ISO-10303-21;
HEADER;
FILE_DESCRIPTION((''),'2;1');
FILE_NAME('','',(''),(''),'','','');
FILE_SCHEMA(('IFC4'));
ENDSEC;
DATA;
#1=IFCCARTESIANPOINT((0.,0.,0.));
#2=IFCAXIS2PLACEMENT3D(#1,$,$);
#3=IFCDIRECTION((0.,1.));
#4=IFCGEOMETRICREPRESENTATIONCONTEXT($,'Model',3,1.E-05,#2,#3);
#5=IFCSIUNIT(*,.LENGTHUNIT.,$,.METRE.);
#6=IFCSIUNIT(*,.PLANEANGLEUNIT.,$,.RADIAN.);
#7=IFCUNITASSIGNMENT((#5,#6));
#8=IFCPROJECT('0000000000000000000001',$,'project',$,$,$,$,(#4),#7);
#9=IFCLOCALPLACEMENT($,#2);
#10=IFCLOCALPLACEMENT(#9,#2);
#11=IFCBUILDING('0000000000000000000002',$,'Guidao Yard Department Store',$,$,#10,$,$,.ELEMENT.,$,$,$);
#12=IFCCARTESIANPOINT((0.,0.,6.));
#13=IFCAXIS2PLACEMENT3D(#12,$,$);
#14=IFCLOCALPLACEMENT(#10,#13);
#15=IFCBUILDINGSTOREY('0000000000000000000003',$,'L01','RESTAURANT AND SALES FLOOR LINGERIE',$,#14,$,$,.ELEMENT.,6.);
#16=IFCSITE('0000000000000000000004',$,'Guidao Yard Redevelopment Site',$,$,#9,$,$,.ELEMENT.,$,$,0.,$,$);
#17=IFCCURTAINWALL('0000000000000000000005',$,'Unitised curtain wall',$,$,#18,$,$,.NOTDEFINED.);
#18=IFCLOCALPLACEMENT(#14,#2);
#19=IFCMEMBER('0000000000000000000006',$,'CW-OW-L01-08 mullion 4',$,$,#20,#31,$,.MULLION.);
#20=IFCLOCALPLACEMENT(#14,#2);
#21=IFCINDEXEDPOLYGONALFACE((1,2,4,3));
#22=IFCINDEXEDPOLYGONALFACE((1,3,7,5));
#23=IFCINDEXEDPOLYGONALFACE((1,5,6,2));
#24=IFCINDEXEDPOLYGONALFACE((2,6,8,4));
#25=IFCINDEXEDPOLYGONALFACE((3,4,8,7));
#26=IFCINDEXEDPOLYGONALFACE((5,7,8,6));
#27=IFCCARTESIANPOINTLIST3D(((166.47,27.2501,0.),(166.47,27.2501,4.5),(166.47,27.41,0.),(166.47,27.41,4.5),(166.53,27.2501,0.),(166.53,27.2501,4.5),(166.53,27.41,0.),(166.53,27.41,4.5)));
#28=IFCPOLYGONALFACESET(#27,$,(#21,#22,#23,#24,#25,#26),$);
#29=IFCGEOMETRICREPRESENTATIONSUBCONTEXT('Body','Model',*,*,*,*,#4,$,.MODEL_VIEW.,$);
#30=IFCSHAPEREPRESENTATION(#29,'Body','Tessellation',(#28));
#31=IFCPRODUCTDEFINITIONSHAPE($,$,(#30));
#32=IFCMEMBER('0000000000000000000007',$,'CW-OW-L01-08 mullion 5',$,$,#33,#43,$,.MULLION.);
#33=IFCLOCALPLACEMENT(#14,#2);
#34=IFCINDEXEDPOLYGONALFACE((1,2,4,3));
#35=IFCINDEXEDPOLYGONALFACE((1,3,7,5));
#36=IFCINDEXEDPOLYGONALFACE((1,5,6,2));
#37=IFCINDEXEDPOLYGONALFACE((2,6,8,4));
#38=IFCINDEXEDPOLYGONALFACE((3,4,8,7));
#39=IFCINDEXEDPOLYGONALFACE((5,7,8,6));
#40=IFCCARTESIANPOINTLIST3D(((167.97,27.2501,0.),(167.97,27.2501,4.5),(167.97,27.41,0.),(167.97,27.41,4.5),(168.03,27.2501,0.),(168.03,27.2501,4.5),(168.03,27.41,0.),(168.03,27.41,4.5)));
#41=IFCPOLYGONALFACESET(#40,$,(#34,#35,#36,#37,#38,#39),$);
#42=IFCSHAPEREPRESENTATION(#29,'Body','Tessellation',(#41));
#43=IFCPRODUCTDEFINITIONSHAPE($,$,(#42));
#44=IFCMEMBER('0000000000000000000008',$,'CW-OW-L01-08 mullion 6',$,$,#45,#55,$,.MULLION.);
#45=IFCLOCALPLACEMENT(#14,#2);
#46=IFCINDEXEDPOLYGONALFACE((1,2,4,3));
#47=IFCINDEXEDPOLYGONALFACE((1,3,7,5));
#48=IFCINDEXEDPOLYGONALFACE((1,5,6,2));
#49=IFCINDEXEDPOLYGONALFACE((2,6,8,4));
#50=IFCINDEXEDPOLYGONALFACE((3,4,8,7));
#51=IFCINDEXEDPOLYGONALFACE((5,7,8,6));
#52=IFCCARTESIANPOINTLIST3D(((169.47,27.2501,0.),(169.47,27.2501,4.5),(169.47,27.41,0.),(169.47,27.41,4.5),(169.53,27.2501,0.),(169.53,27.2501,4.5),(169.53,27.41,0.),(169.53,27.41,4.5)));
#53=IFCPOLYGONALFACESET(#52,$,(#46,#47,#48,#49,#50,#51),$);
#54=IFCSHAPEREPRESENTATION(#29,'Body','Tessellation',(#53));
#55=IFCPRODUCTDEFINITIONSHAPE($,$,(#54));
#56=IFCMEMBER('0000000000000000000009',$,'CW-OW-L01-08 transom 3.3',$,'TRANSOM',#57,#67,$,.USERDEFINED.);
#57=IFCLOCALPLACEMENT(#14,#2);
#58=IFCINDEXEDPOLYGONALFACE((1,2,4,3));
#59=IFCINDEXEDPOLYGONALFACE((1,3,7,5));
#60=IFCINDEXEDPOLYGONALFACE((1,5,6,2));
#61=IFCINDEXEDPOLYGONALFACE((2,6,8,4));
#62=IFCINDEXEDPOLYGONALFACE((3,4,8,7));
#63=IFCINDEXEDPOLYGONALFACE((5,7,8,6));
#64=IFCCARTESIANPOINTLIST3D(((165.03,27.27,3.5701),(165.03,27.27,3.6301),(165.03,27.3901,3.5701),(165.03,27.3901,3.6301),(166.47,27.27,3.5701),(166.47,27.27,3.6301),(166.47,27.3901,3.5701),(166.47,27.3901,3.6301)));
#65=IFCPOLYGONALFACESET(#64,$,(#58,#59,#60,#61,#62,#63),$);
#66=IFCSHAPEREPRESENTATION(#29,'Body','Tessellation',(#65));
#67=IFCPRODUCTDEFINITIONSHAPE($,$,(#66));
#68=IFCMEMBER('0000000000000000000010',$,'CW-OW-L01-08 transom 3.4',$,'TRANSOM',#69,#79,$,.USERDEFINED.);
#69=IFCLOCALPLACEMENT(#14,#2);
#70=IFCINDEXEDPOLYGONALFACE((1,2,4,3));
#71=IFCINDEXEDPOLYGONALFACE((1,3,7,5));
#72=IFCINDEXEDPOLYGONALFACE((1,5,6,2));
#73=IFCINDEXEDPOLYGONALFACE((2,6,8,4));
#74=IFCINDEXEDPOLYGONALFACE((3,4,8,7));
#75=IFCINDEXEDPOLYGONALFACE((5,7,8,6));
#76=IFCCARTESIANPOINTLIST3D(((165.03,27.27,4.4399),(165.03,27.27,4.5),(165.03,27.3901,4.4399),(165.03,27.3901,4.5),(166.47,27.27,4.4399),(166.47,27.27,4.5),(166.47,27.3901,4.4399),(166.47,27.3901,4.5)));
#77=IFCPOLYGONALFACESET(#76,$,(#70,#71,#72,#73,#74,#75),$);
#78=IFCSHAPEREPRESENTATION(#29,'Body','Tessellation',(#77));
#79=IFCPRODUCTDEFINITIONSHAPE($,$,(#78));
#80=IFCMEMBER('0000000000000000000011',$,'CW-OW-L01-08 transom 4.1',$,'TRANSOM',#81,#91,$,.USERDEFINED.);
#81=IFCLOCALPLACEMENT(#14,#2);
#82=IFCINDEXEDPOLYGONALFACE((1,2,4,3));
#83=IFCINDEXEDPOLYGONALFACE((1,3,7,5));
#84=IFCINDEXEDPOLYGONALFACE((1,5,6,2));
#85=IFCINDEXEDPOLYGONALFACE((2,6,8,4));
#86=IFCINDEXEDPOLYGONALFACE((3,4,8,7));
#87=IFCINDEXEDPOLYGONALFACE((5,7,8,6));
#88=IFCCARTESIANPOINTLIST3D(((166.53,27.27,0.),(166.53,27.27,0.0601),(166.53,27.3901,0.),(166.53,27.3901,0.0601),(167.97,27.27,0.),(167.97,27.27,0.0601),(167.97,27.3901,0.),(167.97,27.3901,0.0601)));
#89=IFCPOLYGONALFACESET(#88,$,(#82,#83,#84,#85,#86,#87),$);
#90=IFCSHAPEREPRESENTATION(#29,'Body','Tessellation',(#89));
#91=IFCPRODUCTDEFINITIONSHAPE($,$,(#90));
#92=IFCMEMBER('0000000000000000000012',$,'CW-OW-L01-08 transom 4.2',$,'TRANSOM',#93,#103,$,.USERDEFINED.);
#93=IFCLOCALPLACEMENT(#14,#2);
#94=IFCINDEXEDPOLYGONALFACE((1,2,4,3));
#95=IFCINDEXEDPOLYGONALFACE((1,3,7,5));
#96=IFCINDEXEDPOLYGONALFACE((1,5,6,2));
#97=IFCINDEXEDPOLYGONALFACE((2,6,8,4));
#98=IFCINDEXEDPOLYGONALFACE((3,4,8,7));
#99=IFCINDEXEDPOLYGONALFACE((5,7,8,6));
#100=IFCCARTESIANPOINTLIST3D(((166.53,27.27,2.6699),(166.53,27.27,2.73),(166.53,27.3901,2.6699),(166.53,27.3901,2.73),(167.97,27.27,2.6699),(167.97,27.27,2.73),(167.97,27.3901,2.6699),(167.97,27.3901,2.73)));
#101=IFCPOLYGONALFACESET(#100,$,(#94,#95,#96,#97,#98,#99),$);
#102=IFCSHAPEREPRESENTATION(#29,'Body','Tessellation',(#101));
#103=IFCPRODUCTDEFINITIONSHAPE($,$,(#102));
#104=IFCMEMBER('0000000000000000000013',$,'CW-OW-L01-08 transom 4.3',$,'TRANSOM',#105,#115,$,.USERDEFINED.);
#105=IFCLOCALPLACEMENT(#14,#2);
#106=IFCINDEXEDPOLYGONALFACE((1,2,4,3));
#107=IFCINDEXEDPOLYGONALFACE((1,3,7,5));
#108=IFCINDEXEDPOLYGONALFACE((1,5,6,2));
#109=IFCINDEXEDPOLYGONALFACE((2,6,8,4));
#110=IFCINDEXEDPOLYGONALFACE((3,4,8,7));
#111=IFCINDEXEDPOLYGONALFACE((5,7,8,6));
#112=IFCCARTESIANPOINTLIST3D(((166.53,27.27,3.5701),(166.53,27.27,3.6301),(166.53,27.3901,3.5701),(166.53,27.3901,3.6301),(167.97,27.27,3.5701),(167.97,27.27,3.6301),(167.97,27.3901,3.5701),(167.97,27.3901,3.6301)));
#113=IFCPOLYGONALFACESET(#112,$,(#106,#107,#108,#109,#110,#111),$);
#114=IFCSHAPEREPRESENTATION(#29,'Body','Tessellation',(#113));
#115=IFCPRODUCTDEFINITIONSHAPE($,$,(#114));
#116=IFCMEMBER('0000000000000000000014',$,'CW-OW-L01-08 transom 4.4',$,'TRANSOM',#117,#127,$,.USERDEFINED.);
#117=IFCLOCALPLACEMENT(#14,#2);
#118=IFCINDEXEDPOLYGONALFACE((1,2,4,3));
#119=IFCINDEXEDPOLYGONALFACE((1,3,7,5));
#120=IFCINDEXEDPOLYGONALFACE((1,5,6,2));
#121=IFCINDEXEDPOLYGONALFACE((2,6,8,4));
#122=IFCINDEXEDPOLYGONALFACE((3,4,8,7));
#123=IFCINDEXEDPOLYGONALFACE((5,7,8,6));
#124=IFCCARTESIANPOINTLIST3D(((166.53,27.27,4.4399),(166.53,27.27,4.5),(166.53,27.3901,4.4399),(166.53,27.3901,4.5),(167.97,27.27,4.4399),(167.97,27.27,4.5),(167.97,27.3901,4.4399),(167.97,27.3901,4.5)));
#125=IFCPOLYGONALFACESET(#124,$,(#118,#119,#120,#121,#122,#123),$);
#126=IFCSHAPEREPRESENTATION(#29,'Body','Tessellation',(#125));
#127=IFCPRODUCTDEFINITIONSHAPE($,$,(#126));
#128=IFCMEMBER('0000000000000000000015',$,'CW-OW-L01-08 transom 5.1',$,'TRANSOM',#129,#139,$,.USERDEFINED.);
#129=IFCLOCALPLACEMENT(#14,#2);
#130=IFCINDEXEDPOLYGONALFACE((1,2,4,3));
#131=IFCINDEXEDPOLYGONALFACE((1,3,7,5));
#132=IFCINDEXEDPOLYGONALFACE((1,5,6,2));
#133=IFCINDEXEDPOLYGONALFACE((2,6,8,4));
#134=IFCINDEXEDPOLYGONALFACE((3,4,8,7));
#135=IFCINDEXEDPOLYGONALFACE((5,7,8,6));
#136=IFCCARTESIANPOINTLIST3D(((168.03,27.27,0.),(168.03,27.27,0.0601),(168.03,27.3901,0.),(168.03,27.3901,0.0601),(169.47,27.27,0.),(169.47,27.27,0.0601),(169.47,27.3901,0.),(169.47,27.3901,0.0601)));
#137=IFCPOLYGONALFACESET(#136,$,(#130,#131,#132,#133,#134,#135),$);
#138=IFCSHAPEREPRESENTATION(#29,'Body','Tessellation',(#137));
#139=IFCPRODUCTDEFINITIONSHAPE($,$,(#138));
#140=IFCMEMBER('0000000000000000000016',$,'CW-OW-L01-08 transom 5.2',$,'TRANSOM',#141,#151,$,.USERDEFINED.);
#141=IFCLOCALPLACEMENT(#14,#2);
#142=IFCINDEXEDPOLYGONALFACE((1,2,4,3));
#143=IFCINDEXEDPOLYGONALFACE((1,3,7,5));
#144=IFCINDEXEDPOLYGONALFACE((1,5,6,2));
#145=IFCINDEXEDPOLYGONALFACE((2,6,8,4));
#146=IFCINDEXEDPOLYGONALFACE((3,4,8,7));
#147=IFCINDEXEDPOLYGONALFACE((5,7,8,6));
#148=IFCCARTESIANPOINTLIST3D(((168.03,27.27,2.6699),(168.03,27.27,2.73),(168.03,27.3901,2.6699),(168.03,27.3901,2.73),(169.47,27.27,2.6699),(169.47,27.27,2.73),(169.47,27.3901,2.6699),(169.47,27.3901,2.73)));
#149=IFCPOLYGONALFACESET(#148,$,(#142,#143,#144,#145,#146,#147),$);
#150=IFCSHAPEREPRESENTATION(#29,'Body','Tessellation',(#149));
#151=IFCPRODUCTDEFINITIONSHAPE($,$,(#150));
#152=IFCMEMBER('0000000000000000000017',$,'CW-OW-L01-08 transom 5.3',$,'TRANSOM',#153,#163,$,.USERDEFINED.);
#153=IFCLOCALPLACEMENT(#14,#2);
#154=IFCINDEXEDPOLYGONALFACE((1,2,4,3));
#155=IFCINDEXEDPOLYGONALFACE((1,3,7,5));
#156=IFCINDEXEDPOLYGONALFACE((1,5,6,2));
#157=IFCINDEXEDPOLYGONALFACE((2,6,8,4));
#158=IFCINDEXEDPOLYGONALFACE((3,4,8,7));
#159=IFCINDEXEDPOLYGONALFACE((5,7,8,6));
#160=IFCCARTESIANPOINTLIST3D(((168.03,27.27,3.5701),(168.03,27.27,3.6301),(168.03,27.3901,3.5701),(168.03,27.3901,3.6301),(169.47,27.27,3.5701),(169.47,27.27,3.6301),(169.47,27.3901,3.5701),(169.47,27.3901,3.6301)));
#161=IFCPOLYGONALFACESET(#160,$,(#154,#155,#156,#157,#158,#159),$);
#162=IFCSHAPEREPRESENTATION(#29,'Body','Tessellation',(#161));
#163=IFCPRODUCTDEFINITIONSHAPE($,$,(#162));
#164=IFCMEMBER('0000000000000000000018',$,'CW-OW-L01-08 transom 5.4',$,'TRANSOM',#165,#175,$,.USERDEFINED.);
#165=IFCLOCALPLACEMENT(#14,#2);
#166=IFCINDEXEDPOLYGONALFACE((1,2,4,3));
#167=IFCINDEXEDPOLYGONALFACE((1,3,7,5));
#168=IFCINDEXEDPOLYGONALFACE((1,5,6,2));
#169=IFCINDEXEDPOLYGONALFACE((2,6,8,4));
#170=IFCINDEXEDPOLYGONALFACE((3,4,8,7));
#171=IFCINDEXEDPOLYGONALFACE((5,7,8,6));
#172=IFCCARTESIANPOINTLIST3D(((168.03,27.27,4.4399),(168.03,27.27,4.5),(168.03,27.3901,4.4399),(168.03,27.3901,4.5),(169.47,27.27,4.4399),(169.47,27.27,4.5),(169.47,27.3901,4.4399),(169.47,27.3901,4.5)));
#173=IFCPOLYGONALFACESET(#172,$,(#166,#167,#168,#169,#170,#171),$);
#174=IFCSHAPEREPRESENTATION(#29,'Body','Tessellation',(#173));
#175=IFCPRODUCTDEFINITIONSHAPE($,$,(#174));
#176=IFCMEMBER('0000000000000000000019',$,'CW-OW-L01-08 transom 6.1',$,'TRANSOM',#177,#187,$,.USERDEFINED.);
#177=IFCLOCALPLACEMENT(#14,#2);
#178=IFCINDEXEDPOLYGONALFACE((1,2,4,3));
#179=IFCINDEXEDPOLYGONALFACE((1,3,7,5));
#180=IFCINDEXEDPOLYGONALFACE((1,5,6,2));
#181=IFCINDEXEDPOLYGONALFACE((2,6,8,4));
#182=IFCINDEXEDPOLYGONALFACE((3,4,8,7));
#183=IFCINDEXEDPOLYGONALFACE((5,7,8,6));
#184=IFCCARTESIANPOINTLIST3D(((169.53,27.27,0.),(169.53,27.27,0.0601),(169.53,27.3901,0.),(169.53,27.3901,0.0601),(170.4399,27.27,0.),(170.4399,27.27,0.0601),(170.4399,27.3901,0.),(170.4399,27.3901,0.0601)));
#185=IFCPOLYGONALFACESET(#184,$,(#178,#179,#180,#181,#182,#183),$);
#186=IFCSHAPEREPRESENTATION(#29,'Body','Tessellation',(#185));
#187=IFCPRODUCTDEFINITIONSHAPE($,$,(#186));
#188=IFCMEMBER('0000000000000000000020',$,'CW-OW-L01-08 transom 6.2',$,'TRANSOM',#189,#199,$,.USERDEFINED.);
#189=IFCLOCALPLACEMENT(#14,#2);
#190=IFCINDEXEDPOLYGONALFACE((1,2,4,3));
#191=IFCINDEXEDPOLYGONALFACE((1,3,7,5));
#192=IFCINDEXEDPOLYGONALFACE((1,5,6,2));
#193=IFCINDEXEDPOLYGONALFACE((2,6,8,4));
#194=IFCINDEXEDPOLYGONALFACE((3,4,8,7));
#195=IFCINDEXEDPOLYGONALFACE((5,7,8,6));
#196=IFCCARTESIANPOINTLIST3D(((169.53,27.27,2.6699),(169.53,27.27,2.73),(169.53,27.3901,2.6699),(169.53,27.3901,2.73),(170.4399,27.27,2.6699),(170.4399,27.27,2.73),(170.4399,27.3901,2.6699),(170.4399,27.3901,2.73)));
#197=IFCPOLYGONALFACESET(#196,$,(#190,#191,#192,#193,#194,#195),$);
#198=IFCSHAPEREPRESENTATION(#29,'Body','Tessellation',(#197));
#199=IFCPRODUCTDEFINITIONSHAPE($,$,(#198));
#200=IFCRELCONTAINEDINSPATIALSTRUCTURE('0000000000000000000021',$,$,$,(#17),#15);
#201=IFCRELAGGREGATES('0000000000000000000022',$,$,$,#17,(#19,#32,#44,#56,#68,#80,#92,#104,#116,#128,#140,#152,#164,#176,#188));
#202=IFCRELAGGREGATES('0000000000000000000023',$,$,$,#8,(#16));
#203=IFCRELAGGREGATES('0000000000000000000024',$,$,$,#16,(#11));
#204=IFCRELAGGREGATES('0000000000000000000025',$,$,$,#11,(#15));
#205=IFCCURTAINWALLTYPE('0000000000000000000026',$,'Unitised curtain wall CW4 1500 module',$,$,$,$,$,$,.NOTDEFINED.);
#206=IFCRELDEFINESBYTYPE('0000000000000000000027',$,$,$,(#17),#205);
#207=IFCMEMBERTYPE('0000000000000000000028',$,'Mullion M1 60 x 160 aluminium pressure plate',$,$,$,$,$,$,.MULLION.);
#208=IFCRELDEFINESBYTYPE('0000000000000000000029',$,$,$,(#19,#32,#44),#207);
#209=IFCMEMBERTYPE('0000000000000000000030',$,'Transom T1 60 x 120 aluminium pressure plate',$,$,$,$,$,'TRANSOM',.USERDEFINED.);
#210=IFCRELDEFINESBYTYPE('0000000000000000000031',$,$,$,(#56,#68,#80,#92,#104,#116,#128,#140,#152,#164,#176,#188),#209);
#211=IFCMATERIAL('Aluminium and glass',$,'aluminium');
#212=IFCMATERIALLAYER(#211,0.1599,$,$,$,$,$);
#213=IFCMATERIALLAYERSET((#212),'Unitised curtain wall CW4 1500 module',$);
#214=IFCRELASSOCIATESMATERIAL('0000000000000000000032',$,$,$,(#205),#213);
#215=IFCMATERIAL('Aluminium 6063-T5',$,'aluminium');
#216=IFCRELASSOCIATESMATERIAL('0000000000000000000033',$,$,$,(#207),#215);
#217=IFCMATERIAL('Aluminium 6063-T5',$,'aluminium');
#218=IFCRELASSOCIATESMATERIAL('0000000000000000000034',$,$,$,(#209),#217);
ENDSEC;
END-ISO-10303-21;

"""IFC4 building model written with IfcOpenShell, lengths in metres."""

from ifc_helpers import new_model, si_unit, direction, frame, origin, origin_2d, place, context, subcontext, project, spatial, rectangle, extrude, material, layer, layer_set, material_profile, profile_set, type_object, element, aggregate, save


model = new_model("IFC4")

# Units and contexts
model_context = context("Model", 3, precision=1e-05, world=origin(), true_north=direction((0.0, 1.0)))
body_context = subcontext(model_context, "Body", "Model", "MODEL_VIEW")
ifc_project = project(units=[si_unit("LENGTHUNIT", "METRE"), si_unit("PLANEANGLEUNIT", "RADIAN")], contexts=[model_context])

# Site, building, storey
site_placement = place(None, origin())
site = spatial("IfcSite", under=ifc_project, at=site_placement, Name="Guidao Yard Redevelopment Site", CompositionType="ELEMENT", RefElevation=0.0)
building_placement = place(site_placement, origin())
building = spatial("IfcBuilding", under=site, at=building_placement, Name="Guidao Yard Department Store", CompositionType="ELEMENT")
storey_placement = place(building_placement, frame((0.0, 0.0, 6.0)))
storey = spatial("IfcBuildingStorey", under=building, at=storey_placement, Name="L01", Description="RESTAURANT AND SALES FLOOR LINGERIE", CompositionType="ELEMENT", Elevation=6.0)

# Curtain wall, members
ifc_material_1 = material(Name="Aluminium and glass", Category="aluminium")
ifc_layer_1 = layer(ifc_material_1, 0.1599)
ifc_layer_set_1 = layer_set([ifc_layer_1], Name="Unitised curtain wall CW4 1500 module")
curtain_wall_type = type_object("IfcCurtainWallType", Name="Unitised curtain wall CW4 1500 module", PredefinedType="NOTDEFINED", material=ifc_layer_set_1)
curtain_wall_placement = place(storey_placement, origin())
curtain_wall = element("IfcCurtainWall", 1, at=curtain_wall_placement, inside=storey, type_object=curtain_wall_type, Name="Unitised curtain wall", PredefinedType="NOTDEFINED")
ifc_material_2 = material(Name="Aluminium 6063-T5", Category="aluminium")
ifc_material_profile_1 = material_profile(ifc_material_2, rectangle(XDim=0.0601, YDim=0.1599, at=origin_2d()), Name="Mullion M1 60 x 160 aluminium pressure plate")
ifc_profile_set_1 = profile_set([ifc_material_profile_1], Name="Aluminium 6063-T5")
member_type_1 = type_object("IfcMemberType", Name="Mullion M1 60 x 160 aluminium pressure plate", PredefinedType="MULLION", material=ifc_profile_set_1)
member_1_placement = place(storey_placement, frame((166.5, 27.3301, 0.0), z_axis=(0.0, 0.0, 1.0), x_axis=(1.0, 0.0, 0.0)))
member_1 = element("IfcMember", 2, at=member_1_placement, type_object=member_type_1, Name="CW-OW-L01-08 mullion 4", PredefinedType="MULLION", context=body_context, shape_type="SweptSolid", body=[
    extrude(rectangle(XDim=0.0601, YDim=0.1599, at=origin_2d()), origin(), (0.0, 0.0, 1.0), 4.5),
])
member_2_placement = place(storey_placement, frame((168.0, 27.3301, 0.0), z_axis=(0.0, 0.0, 1.0), x_axis=(1.0, 0.0, 0.0)))
member_2 = element("IfcMember", 3, at=member_2_placement, type_object=member_type_1, Name="CW-OW-L01-08 mullion 5", PredefinedType="MULLION", context=body_context, shape_type="SweptSolid", body=[
    extrude(rectangle(XDim=0.0601, YDim=0.1599, at=origin_2d()), origin(), (0.0, 0.0, 1.0), 4.5),
])
member_3_placement = place(storey_placement, frame((169.5, 27.3301, 0.0), z_axis=(0.0, 0.0, 1.0), x_axis=(1.0, 0.0, 0.0)))
member_3 = element("IfcMember", 4, at=member_3_placement, type_object=member_type_1, Name="CW-OW-L01-08 mullion 6", PredefinedType="MULLION", context=body_context, shape_type="SweptSolid", body=[
    extrude(rectangle(XDim=0.0601, YDim=0.1599, at=origin_2d()), origin(), (0.0, 0.0, 1.0), 4.5),
])
ifc_material_3 = material(Name="Aluminium 6063-T5", Category="aluminium")
ifc_material_profile_2 = material_profile(ifc_material_3, rectangle(XDim=0.1201, YDim=0.0601, at=origin_2d()), Name="Transom T1 60 x 120 aluminium pressure plate")
ifc_profile_set_2 = profile_set([ifc_material_profile_2], Name="Aluminium 6063-T5")
member_type_2 = type_object("IfcMemberType", Name="Transom T1 60 x 120 aluminium pressure plate", ElementType="TRANSOM", PredefinedType="USERDEFINED", material=ifc_profile_set_2)
member_4_placement = place(storey_placement, frame((165.03, 27.3301, 3.6001), z_axis=(1.0, 0.0, 0.0), x_axis=(0.0, 1.0, 0.0)))
member_4 = element("IfcMember", 5, at=member_4_placement, type_object=member_type_2, Name="CW-OW-L01-08 transom 3.3", ObjectType="TRANSOM", PredefinedType="USERDEFINED", context=body_context, shape_type="SweptSolid", body=[
    extrude(rectangle(XDim=0.1201, YDim=0.0601, at=origin_2d()), origin(), (0.0, 0.0, 1.0), 1.4399),
])
member_5_placement = place(storey_placement, frame((165.03, 27.3301, 4.47), z_axis=(1.0, 0.0, 0.0), x_axis=(0.0, 1.0, 0.0)))
member_5 = element("IfcMember", 6, at=member_5_placement, type_object=member_type_2, Name="CW-OW-L01-08 transom 3.4", ObjectType="TRANSOM", PredefinedType="USERDEFINED", context=body_context, shape_type="SweptSolid", body=[
    extrude(rectangle(XDim=0.1201, YDim=0.0601, at=origin_2d()), origin(), (0.0, 0.0, 1.0), 1.4399),
])
member_6_placement = place(storey_placement, frame((166.53, 27.3301, 0.03), z_axis=(1.0, 0.0, 0.0), x_axis=(0.0, 1.0, 0.0)))
member_6 = element("IfcMember", 7, at=member_6_placement, type_object=member_type_2, Name="CW-OW-L01-08 transom 4.1", ObjectType="TRANSOM", PredefinedType="USERDEFINED", context=body_context, shape_type="SweptSolid", body=[
    extrude(rectangle(XDim=0.1201, YDim=0.0601, at=origin_2d()), origin(), (0.0, 0.0, 1.0), 1.4399),
])
member_7_placement = place(storey_placement, frame((166.53, 27.3301, 2.7), z_axis=(1.0, 0.0, 0.0), x_axis=(0.0, 1.0, 0.0)))
member_7 = element("IfcMember", 8, at=member_7_placement, type_object=member_type_2, Name="CW-OW-L01-08 transom 4.2", ObjectType="TRANSOM", PredefinedType="USERDEFINED", context=body_context, shape_type="SweptSolid", body=[
    extrude(rectangle(XDim=0.1201, YDim=0.0601, at=origin_2d()), origin(), (0.0, 0.0, 1.0), 1.4399),
])
member_8_placement = place(storey_placement, frame((166.53, 27.3301, 3.6001), z_axis=(1.0, 0.0, 0.0), x_axis=(0.0, 1.0, 0.0)))
member_8 = element("IfcMember", 9, at=member_8_placement, type_object=member_type_2, Name="CW-OW-L01-08 transom 4.3", ObjectType="TRANSOM", PredefinedType="USERDEFINED", context=body_context, shape_type="SweptSolid", body=[
    extrude(rectangle(XDim=0.1201, YDim=0.0601, at=origin_2d()), origin(), (0.0, 0.0, 1.0), 1.4399),
])
member_9_placement = place(storey_placement, frame((166.53, 27.3301, 4.47), z_axis=(1.0, 0.0, 0.0), x_axis=(0.0, 1.0, 0.0)))
member_9 = element("IfcMember", 10, at=member_9_placement, type_object=member_type_2, Name="CW-OW-L01-08 transom 4.4", ObjectType="TRANSOM", PredefinedType="USERDEFINED", context=body_context, shape_type="SweptSolid", body=[
    extrude(rectangle(XDim=0.1201, YDim=0.0601, at=origin_2d()), origin(), (0.0, 0.0, 1.0), 1.4399),
])
member_10_placement = place(storey_placement, frame((168.03, 27.3301, 0.03), z_axis=(1.0, 0.0, 0.0), x_axis=(0.0, 1.0, 0.0)))
member_10 = element("IfcMember", 11, at=member_10_placement, type_object=member_type_2, Name="CW-OW-L01-08 transom 5.1", ObjectType="TRANSOM", PredefinedType="USERDEFINED", context=body_context, shape_type="SweptSolid", body=[
    extrude(rectangle(XDim=0.1201, YDim=0.0601, at=origin_2d()), origin(), (0.0, 0.0, 1.0), 1.4399),
])
member_11_placement = place(storey_placement, frame((168.03, 27.3301, 2.7), z_axis=(1.0, 0.0, 0.0), x_axis=(0.0, 1.0, 0.0)))
member_11 = element("IfcMember", 12, at=member_11_placement, type_object=member_type_2, Name="CW-OW-L01-08 transom 5.2", ObjectType="TRANSOM", PredefinedType="USERDEFINED", context=body_context, shape_type="SweptSolid", body=[
    extrude(rectangle(XDim=0.1201, YDim=0.0601, at=origin_2d()), origin(), (0.0, 0.0, 1.0), 1.4399),
])
member_12_placement = place(storey_placement, frame((168.03, 27.3301, 3.6001), z_axis=(1.0, 0.0, 0.0), x_axis=(0.0, 1.0, 0.0)))
member_12 = element("IfcMember", 13, at=member_12_placement, type_object=member_type_2, Name="CW-OW-L01-08 transom 5.3", ObjectType="TRANSOM", PredefinedType="USERDEFINED", context=body_context, shape_type="SweptSolid", body=[
    extrude(rectangle(XDim=0.1201, YDim=0.0601, at=origin_2d()), origin(), (0.0, 0.0, 1.0), 1.4399),
])
member_13_placement = place(storey_placement, frame((168.03, 27.3301, 4.47), z_axis=(1.0, 0.0, 0.0), x_axis=(0.0, 1.0, 0.0)))
member_13 = element("IfcMember", 14, at=member_13_placement, type_object=member_type_2, Name="CW-OW-L01-08 transom 5.4", ObjectType="TRANSOM", PredefinedType="USERDEFINED", context=body_context, shape_type="SweptSolid", body=[
    extrude(rectangle(XDim=0.1201, YDim=0.0601, at=origin_2d()), origin(), (0.0, 0.0, 1.0), 1.4399),
])
member_14_placement = place(storey_placement, frame((169.53, 27.3301, 0.03), z_axis=(1.0, 0.0, 0.0), x_axis=(0.0, 1.0, 0.0)))
member_14 = element("IfcMember", 15, at=member_14_placement, type_object=member_type_2, Name="CW-OW-L01-08 transom 6.1", ObjectType="TRANSOM", PredefinedType="USERDEFINED", context=body_context, shape_type="SweptSolid", body=[
    extrude(rectangle(XDim=0.1201, YDim=0.0601, at=origin_2d()), origin(), (0.0, 0.0, 1.0), 0.9099),
])
member_15_placement = place(storey_placement, frame((169.53, 27.3301, 2.7), z_axis=(1.0, 0.0, 0.0), x_axis=(0.0, 1.0, 0.0)))
member_15 = element("IfcMember", 16, at=member_15_placement, type_object=member_type_2, Name="CW-OW-L01-08 transom 6.2", ObjectType="TRANSOM", PredefinedType="USERDEFINED", context=body_context, shape_type="SweptSolid", body=[
    extrude(rectangle(XDim=0.1201, YDim=0.0601, at=origin_2d()), origin(), (0.0, 0.0, 1.0), 0.9099),
])
aggregate(curtain_wall, [member_1, member_2, member_3, member_4, member_5, member_6, member_7, member_8, member_9, member_10, member_11, member_12, member_13, member_14, member_15])

save(model, "model.ifc")
